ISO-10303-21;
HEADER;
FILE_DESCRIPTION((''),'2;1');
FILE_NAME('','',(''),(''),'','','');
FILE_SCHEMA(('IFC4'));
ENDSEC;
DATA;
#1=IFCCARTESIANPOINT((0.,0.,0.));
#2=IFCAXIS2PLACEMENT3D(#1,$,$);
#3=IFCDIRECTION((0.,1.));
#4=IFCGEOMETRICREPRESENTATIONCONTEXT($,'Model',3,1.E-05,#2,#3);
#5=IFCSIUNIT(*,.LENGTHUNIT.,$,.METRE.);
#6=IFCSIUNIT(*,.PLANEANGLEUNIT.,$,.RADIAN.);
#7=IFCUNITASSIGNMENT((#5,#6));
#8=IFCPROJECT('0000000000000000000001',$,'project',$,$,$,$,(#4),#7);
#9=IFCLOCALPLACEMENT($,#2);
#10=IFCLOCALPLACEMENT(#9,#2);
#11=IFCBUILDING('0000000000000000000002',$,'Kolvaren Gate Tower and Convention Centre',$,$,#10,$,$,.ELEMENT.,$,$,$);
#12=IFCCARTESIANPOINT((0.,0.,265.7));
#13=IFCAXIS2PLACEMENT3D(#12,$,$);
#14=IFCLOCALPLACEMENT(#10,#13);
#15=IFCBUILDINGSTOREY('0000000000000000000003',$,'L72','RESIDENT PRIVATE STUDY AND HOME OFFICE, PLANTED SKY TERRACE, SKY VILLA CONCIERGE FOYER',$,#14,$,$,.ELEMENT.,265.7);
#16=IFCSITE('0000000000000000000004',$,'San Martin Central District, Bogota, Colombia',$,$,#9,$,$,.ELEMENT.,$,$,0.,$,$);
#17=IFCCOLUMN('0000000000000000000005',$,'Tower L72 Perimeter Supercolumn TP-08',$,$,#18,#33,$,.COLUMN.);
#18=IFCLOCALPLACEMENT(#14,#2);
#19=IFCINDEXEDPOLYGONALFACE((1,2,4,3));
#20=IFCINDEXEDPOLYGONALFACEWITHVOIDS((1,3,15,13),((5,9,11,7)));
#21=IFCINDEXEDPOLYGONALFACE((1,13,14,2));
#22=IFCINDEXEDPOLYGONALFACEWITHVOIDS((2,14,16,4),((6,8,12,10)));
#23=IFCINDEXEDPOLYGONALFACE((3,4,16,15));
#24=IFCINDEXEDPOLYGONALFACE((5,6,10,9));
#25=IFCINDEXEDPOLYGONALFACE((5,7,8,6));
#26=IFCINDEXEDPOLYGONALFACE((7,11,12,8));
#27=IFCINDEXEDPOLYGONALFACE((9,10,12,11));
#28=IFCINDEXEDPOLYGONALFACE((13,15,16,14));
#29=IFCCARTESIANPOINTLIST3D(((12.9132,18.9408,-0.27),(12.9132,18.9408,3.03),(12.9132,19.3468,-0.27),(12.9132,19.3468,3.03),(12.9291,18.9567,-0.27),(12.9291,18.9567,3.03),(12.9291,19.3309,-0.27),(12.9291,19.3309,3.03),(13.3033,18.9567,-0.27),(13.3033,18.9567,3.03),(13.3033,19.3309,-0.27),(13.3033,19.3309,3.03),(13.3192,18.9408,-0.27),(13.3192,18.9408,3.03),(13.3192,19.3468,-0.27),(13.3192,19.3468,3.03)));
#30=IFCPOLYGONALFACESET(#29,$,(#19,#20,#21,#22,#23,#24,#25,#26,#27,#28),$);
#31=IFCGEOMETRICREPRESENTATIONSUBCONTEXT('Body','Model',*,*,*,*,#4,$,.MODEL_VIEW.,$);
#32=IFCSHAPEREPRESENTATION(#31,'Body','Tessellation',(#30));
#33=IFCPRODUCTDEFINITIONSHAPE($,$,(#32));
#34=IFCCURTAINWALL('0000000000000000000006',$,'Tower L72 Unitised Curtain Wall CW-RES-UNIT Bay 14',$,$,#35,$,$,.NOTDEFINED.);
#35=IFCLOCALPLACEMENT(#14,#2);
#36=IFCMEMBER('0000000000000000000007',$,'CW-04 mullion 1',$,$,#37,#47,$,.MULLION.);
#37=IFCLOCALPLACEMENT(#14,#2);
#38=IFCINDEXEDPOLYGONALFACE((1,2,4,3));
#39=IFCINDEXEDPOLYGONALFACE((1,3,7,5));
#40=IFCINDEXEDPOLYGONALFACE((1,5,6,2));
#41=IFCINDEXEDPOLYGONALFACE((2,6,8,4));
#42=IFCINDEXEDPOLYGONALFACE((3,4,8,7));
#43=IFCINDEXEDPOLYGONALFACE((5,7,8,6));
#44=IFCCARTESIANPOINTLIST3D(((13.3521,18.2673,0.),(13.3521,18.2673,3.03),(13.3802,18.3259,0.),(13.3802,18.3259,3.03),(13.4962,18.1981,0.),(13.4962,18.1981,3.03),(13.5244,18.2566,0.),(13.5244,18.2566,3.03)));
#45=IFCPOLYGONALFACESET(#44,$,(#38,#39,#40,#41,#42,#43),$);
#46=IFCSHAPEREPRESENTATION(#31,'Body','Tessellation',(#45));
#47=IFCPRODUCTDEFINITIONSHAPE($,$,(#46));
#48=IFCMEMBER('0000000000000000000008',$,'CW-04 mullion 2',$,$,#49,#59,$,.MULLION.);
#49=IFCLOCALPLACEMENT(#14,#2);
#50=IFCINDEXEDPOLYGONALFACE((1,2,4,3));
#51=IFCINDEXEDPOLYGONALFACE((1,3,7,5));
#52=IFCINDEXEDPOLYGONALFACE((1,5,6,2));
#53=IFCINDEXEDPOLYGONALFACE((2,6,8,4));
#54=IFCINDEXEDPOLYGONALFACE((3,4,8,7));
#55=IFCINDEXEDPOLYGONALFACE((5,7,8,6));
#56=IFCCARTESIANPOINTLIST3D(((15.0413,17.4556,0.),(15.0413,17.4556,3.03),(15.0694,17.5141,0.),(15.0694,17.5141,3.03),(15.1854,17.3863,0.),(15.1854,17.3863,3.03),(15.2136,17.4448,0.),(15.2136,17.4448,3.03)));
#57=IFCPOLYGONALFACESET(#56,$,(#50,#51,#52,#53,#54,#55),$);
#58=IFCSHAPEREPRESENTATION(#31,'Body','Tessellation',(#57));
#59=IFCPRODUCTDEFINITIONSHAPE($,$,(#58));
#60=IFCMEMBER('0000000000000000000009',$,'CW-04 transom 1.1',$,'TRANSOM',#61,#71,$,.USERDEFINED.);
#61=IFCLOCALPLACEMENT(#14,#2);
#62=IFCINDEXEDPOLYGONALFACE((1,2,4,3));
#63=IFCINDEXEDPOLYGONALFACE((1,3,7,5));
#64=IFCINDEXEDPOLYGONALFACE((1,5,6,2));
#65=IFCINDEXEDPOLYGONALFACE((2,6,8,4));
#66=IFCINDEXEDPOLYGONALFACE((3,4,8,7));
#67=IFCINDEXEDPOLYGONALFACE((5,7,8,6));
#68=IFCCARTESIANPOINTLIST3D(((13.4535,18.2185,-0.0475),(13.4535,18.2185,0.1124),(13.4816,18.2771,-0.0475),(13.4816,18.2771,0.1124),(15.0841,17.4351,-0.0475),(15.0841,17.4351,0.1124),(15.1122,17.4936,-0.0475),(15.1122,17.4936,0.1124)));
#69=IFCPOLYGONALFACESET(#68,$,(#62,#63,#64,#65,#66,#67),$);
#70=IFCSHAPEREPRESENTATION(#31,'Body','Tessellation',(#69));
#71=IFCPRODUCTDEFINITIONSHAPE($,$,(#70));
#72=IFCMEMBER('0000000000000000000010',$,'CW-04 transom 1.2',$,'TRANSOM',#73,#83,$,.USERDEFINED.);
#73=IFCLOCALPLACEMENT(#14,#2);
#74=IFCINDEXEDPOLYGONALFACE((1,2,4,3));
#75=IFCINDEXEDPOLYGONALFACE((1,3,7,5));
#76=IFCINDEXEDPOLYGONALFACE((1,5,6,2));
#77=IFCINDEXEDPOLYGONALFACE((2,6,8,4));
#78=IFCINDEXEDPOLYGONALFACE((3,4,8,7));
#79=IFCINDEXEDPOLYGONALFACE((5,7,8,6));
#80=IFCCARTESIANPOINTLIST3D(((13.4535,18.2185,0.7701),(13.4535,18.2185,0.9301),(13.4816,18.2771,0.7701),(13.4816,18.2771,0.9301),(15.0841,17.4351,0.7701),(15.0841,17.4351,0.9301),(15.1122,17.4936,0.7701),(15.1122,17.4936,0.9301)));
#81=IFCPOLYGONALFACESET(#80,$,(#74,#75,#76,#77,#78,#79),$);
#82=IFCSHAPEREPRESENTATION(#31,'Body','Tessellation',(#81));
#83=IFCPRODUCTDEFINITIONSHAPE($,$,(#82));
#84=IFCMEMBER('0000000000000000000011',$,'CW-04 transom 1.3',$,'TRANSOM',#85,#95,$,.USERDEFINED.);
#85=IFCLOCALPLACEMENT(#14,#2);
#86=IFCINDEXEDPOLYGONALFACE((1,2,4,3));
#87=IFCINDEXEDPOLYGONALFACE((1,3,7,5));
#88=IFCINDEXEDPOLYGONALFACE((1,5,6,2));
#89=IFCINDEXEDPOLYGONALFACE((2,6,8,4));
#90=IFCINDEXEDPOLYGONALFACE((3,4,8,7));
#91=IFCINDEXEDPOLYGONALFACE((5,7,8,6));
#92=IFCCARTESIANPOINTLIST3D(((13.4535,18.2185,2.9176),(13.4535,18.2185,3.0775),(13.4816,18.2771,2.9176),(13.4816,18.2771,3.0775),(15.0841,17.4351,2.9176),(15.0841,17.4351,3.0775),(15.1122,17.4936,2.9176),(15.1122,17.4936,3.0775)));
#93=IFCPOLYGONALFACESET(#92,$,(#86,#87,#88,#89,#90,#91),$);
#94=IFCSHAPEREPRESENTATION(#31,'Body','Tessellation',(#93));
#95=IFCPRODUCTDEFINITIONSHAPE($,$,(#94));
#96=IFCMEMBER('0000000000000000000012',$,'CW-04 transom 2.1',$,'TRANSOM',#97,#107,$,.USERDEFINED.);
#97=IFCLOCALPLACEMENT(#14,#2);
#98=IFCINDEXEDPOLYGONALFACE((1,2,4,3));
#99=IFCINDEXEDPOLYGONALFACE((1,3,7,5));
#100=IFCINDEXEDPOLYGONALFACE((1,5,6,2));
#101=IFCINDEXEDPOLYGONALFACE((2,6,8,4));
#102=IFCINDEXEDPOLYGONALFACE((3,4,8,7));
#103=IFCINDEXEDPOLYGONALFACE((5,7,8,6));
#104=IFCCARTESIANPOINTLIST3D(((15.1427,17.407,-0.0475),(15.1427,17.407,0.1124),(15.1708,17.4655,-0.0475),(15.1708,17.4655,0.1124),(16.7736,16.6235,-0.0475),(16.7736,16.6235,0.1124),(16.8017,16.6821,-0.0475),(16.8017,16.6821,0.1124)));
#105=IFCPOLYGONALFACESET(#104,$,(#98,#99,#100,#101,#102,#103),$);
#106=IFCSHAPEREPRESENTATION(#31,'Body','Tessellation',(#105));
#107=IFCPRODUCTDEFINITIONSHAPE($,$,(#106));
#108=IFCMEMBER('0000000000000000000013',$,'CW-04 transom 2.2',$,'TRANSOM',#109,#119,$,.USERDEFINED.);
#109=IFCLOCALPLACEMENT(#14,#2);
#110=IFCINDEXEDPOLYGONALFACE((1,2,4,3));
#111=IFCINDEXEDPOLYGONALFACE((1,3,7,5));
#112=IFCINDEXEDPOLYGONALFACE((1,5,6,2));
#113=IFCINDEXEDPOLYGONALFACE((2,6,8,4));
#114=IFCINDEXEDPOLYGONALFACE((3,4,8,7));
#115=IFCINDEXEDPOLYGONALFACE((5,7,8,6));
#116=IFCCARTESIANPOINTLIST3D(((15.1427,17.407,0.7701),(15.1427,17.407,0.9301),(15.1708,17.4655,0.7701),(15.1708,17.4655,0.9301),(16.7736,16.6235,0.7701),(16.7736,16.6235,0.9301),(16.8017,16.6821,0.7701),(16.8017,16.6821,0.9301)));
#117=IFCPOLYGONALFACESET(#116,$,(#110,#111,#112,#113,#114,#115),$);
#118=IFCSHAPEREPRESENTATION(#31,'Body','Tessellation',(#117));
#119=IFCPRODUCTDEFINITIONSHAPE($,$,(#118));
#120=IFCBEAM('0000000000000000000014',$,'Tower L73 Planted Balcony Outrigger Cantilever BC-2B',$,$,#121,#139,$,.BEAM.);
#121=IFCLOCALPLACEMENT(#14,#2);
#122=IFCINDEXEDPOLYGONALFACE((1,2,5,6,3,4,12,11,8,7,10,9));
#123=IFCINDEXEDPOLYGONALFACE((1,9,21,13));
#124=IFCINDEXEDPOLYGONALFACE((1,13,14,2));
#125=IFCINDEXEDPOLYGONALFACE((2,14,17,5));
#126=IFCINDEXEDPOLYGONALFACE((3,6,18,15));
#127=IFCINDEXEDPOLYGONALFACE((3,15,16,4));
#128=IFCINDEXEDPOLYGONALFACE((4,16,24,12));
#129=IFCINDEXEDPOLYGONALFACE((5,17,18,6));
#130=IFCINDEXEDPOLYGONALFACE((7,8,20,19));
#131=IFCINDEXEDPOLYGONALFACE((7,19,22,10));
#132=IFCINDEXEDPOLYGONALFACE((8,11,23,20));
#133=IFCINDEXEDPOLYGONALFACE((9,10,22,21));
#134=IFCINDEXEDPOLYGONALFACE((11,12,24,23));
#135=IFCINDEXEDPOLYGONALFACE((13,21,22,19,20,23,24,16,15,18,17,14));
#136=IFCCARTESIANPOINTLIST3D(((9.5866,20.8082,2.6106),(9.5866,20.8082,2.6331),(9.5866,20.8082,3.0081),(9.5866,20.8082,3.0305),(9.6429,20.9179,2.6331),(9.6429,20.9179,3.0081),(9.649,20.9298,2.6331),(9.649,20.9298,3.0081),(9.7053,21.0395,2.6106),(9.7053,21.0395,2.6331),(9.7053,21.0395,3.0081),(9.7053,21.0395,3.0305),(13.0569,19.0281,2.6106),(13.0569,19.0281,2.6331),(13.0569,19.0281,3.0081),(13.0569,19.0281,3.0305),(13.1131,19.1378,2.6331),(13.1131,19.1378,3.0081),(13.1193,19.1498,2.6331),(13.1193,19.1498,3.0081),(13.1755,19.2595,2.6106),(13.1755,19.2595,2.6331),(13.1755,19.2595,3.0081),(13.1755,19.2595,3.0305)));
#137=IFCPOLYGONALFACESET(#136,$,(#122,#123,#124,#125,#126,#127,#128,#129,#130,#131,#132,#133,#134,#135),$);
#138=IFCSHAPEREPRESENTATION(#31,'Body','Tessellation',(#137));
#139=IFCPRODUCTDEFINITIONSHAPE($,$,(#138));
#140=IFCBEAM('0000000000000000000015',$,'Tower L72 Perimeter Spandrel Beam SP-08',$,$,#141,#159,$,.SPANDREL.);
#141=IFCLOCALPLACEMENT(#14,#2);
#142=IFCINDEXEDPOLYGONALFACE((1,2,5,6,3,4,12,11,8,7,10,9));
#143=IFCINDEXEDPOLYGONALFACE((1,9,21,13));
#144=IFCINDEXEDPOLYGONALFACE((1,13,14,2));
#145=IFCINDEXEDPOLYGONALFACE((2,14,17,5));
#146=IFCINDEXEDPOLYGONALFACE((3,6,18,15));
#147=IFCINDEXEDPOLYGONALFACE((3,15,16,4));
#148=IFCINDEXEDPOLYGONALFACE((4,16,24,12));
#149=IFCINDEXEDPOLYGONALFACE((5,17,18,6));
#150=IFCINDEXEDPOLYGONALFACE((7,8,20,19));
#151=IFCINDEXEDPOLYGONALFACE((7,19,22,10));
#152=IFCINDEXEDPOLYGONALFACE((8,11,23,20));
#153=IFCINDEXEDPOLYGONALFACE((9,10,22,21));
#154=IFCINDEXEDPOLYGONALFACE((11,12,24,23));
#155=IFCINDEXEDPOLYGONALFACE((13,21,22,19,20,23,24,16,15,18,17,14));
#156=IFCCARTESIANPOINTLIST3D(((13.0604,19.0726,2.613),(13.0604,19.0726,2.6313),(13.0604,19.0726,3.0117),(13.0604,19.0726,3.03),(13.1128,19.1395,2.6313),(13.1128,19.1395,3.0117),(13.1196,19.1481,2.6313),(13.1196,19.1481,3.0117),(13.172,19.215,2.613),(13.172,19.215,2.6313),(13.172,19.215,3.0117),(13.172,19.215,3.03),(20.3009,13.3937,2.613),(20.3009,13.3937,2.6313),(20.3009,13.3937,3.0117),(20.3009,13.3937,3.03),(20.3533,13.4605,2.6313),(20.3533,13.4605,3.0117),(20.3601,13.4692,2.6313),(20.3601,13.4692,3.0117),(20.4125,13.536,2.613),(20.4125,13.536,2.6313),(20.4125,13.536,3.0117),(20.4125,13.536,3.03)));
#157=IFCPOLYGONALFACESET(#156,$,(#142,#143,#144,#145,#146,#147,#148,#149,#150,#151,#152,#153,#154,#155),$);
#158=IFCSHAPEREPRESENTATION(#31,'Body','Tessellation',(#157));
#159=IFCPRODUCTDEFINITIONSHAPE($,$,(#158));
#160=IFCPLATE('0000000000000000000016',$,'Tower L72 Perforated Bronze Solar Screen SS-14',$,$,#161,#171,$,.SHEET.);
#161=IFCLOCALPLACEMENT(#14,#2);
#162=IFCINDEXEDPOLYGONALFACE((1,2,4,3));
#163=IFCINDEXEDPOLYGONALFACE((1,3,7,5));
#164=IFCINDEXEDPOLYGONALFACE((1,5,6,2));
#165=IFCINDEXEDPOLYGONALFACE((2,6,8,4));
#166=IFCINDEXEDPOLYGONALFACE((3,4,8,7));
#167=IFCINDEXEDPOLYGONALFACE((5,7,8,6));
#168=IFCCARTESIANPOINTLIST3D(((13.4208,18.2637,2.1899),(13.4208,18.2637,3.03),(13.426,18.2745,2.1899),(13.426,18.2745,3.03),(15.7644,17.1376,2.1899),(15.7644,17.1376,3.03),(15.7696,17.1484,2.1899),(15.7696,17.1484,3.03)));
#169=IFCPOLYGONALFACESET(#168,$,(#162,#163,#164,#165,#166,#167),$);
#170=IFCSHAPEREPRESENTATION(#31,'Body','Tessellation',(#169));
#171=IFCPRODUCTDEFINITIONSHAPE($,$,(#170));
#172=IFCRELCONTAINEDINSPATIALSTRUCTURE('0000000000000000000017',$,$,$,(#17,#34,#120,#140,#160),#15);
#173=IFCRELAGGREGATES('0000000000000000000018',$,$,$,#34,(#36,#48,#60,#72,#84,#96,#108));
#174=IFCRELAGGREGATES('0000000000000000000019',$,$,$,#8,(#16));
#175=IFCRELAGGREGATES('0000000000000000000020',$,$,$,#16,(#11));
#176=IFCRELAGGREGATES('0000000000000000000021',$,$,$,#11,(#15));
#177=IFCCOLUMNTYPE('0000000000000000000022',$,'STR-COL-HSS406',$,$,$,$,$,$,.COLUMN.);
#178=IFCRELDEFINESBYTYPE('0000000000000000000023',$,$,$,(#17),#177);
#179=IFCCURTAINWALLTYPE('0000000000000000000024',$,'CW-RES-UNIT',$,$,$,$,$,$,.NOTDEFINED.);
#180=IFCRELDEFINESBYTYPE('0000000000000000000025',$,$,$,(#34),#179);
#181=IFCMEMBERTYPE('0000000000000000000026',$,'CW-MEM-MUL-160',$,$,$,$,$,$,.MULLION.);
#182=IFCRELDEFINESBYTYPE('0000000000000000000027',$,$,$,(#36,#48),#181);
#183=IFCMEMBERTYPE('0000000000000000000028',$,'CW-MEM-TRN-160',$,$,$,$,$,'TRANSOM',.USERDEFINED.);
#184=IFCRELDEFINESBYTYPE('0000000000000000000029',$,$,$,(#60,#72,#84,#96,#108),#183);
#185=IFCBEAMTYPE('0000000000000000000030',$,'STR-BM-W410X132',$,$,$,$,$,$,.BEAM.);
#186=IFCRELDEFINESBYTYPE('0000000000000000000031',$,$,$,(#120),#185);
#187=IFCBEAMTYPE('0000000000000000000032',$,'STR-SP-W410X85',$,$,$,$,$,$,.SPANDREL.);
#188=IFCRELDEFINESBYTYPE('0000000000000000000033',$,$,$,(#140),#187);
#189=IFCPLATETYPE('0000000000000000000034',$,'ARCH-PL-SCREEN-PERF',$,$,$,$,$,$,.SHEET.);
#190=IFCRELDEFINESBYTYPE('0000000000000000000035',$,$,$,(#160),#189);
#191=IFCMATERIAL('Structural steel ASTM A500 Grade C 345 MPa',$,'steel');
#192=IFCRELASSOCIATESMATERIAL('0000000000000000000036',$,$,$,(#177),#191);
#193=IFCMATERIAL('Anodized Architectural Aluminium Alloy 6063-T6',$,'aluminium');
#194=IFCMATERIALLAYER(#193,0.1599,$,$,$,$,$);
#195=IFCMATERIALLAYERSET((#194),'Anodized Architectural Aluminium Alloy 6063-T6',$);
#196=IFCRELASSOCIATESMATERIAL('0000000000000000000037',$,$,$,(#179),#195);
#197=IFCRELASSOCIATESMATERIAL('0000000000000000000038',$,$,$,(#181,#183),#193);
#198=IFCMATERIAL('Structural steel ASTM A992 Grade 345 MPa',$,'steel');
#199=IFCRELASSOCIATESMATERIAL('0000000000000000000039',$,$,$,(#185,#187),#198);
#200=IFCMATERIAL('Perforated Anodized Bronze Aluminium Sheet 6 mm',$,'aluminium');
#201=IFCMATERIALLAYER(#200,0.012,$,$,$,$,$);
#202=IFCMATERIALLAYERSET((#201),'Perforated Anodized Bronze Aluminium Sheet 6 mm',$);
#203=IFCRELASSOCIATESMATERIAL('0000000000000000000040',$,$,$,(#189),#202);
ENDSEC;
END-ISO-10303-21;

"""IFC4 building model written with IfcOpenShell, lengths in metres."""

from ifc_helpers import new_model, si_unit, direction, frame, origin, origin_2d, place, context, subcontext, project, spatial, rectangle, hollow_rectangle, i_section, extrude, material, layer, layer_set, material_profile, profile_set, type_object, element, aggregate, save


model = new_model("IFC4")

# Units and contexts
model_context = context("Model", 3, precision=1e-05, world=origin(), true_north=direction((0.0, 1.0)))
body_context = subcontext(model_context, "Body", "Model", "MODEL_VIEW")
ifc_project = project(units=[si_unit("LENGTHUNIT", "METRE"), si_unit("PLANEANGLEUNIT", "RADIAN")], contexts=[model_context])

# Site, building, storey
site_placement = place(None, origin())
site = spatial("IfcSite", under=ifc_project, at=site_placement, Name="San Martin Central District, Bogota, Colombia", CompositionType="ELEMENT", RefElevation=0.0)
building_placement = place(site_placement, origin())
building = spatial("IfcBuilding", under=site, at=building_placement, Name="Kolvaren Gate Tower and Convention Centre", CompositionType="ELEMENT")
storey_placement = place(building_placement, frame((0.0, 0.0, 265.7)))
storey = spatial("IfcBuildingStorey", under=building, at=storey_placement, Name="L72", Description="RESIDENT PRIVATE STUDY AND HOME OFFICE, PLANTED SKY TERRACE, SKY VILLA CONCIERGE FOYER", CompositionType="ELEMENT", Elevation=265.7)

# Column
ifc_material_1 = material(Name="Structural steel ASTM A500 Grade C 345 MPa", Category="steel")
ifc_material_profile_1 = material_profile(ifc_material_1, hollow_rectangle(XDim=0.406, YDim=0.406, WallThickness=0.0159, at=origin_2d()), Name="HSS406X406X15.9")
ifc_profile_set_1 = profile_set([ifc_material_profile_1], Name="Structural steel ASTM A500 Grade C 345 MPa")
column_type = type_object("IfcColumnType", Name="STR-COL-HSS406", PredefinedType="COLUMN", material=ifc_profile_set_1)
column_placement = place(storey_placement, frame((13.1162, 19.1438, -0.27), z_axis=(0.0, 0.0, 1.0), x_axis=(1.0, 0.0, 0.0)))
element("IfcColumn", 1, at=column_placement, inside=storey, type_object=column_type, Name="Tower L72 Perimeter Supercolumn TP-08", PredefinedType="COLUMN", context=body_context, shape_type="SweptSolid", body=[
    extrude(hollow_rectangle(XDim=0.406, YDim=0.406, WallThickness=0.0159, at=origin_2d()), origin(), (0.0, 0.0, 1.0), 3.3),
])

# Curtain wall, members
ifc_material_2 = material(Name="Anodized Architectural Aluminium Alloy 6063-T6", Category="aluminium")
ifc_layer_1 = layer(ifc_material_2, 0.1599)
ifc_layer_set_1 = layer_set([ifc_layer_1], Name="Anodized Architectural Aluminium Alloy 6063-T6")
curtain_wall_type = type_object("IfcCurtainWallType", Name="CW-RES-UNIT", PredefinedType="NOTDEFINED", material=ifc_layer_set_1)
curtain_wall_placement = place(storey_placement, origin())
curtain_wall = element("IfcCurtainWall", 2, at=curtain_wall_placement, inside=storey, type_object=curtain_wall_type, Name="Tower L72 Unitised Curtain Wall CW-RES-UNIT Bay 14", PredefinedType="NOTDEFINED")
ifc_material_profile_2 = material_profile(ifc_material_2, rectangle(XDim=0.0649, YDim=0.1599, at=origin_2d()), Name="CW-MEM-MUL-160")
ifc_profile_set_2 = profile_set([ifc_material_profile_2], Name="Anodized Architectural Aluminium Alloy 6063-T6")
member_type_1 = type_object("IfcMemberType", Name="CW-MEM-MUL-160", PredefinedType="MULLION", material=ifc_profile_set_2)
member_1_placement = place(storey_placement, frame((13.4382, 18.262, 0.0), z_axis=(0.0, 0.0, 1.0), x_axis=(0.43307, 0.90136, 0.0)))
member_1 = element("IfcMember", 3, at=member_1_placement, type_object=member_type_1, Name="CW-04 mullion 1", PredefinedType="MULLION", context=body_context, shape_type="SweptSolid", body=[
    extrude(rectangle(XDim=0.0649, YDim=0.1599, at=origin_2d()), origin(), (0.0, 0.0, 1.0), 3.03),
])
member_2_placement = place(storey_placement, frame((15.1274, 17.4502, 0.0), z_axis=(0.0, 0.0, 1.0), x_axis=(0.43307, 0.90136, 0.0)))
member_2 = element("IfcMember", 4, at=member_2_placement, type_object=member_type_1, Name="CW-04 mullion 2", PredefinedType="MULLION", context=body_context, shape_type="SweptSolid", body=[
    extrude(rectangle(XDim=0.0649, YDim=0.1599, at=origin_2d()), origin(), (0.0, 0.0, 1.0), 3.03),
])
ifc_material_profile_3 = material_profile(ifc_material_2, rectangle(XDim=0.0649, YDim=0.1599, at=origin_2d()), Name="CW-MEM-TRN-160")
ifc_profile_set_3 = profile_set([ifc_material_profile_3], Name="Anodized Architectural Aluminium Alloy 6063-T6")
member_type_2 = type_object("IfcMemberType", Name="CW-MEM-TRN-160", ElementType="TRANSOM", PredefinedType="USERDEFINED", material=ifc_profile_set_3)
member_3_placement = place(storey_placement, frame((13.4675, 18.2478, 0.0325), z_axis=(0.901361, -0.433069, 0.0), x_axis=(0.433069, 0.901361, 0.0)))
member_3 = element("IfcMember", 5, at=member_3_placement, type_object=member_type_2, Name="CW-04 transom 1.1", ObjectType="TRANSOM", PredefinedType="USERDEFINED", context=body_context, shape_type="SweptSolid", body=[
    extrude(rectangle(XDim=0.0649, YDim=0.1599, at=origin_2d()), origin(), (0.0, 0.0, 1.0), 1.8091),
])
member_4_placement = place(storey_placement, frame((13.4675, 18.2478, 0.8501), z_axis=(0.901361, -0.433069, 0.0), x_axis=(0.433069, 0.901361, 0.0)))
member_4 = element("IfcMember", 6, at=member_4_placement, type_object=member_type_2, Name="CW-04 transom 1.2", ObjectType="TRANSOM", PredefinedType="USERDEFINED", context=body_context, shape_type="SweptSolid", body=[
    extrude(rectangle(XDim=0.0649, YDim=0.1599, at=origin_2d()), origin(), (0.0, 0.0, 1.0), 1.8091),
])
member_5_placement = place(storey_placement, frame((13.4675, 18.2478, 2.9976), z_axis=(0.901361, -0.433069, 0.0), x_axis=(0.433069, 0.901361, 0.0)))
member_5 = element("IfcMember", 7, at=member_5_placement, type_object=member_type_2, Name="CW-04 transom 1.3", ObjectType="TRANSOM", PredefinedType="USERDEFINED", context=body_context, shape_type="SweptSolid", body=[
    extrude(rectangle(XDim=0.0649, YDim=0.1599, at=origin_2d()), origin(), (0.0, 0.0, 1.0), 1.8091),
])
member_6_placement = place(storey_placement, frame((15.1567, 17.4363, 0.0325), z_axis=(0.901386, -0.433016, 0.0), x_axis=(0.433016, 0.901386, 0.0)))
member_6 = element("IfcMember", 8, at=member_6_placement, type_object=member_type_2, Name="CW-04 transom 2.1", ObjectType="TRANSOM", PredefinedType="USERDEFINED", context=body_context, shape_type="SweptSolid", body=[
    extrude(rectangle(XDim=0.0649, YDim=0.1599, at=origin_2d()), origin(), (0.0, 0.0, 1.0), 1.8093),
])
member_7_placement = place(storey_placement, frame((15.1567, 17.4363, 0.8501), z_axis=(0.901386, -0.433016, 0.0), x_axis=(0.433016, 0.901386, 0.0)))
member_7 = element("IfcMember", 9, at=member_7_placement, type_object=member_type_2, Name="CW-04 transom 2.2", ObjectType="TRANSOM", PredefinedType="USERDEFINED", context=body_context, shape_type="SweptSolid", body=[
    extrude(rectangle(XDim=0.0649, YDim=0.1599, at=origin_2d()), origin(), (0.0, 0.0, 1.0), 1.8093),
])

# Beams
ifc_material_3 = material(Name="Structural steel ASTM A992 Grade 345 MPa", Category="steel")
ifc_material_profile_4 = material_profile(ifc_material_3, i_section(OverallWidth=0.26, OverallDepth=0.4199, WebThickness=0.0134, FlangeThickness=0.0225, at=origin_2d()), Name="W410X132")
ifc_profile_set_4 = profile_set([ifc_material_profile_4], Name="Structural steel ASTM A992 Grade 345 MPa")
beam_type_1 = type_object("IfcBeamType", Name="STR-BM-W410X132", PredefinedType="BEAM", material=ifc_profile_set_4)
beam_1_placement = place(storey_placement, frame((13.1162, 19.1438, 2.8206), z_axis=(-0.889772, 0.456404, 0.0), x_axis=(-0.456404, -0.889772, 0.0)))
element("IfcBeam", 10, at=beam_1_placement, inside=storey, type_object=beam_type_1, Name="Tower L73 Planted Balcony Outrigger Cantilever BC-2B", PredefinedType="BEAM", context=body_context, shape_type="SweptSolid", body=[
    extrude(i_section(OverallWidth=0.26, OverallDepth=0.4199, WebThickness=0.0134, FlangeThickness=0.0225, at=origin_2d()), origin(), (0.0, 0.0, 1.0), 3.9001),
])
ifc_material_profile_5 = material_profile(ifc_material_3, i_section(OverallWidth=0.1809, OverallDepth=0.417, WebThickness=0.011, FlangeThickness=0.0183, at=origin_2d()), Name="W410X85")
ifc_profile_set_5 = profile_set([ifc_material_profile_5], Name="Structural steel ASTM A992 Grade 345 MPa")
beam_type_2 = type_object("IfcBeamType", Name="STR-SP-W410X85", PredefinedType="SPANDREL", material=ifc_profile_set_5)
beam_2_placement = place(storey_placement, frame((13.1162, 19.1438, 2.8215), z_axis=(0.786846, -0.61715, 0.0), x_axis=(0.61715, 0.786846, 0.0)))
element("IfcBeam", 11, at=beam_2_placement, inside=storey, type_object=beam_type_2, Name="Tower L72 Perimeter Spandrel Beam SP-08", PredefinedType="SPANDREL", context=body_context, shape_type="SweptSolid", body=[
    extrude(i_section(OverallWidth=0.1809, OverallDepth=0.417, WebThickness=0.011, FlangeThickness=0.0183, at=origin_2d()), origin(), (0.0, 0.0, 1.0), 9.2019),
])

# Plate
ifc_material_4 = material(Name="Perforated Anodized Bronze Aluminium Sheet 6 mm", Category="aluminium")
ifc_layer_2 = layer(ifc_material_4, 0.012)
ifc_layer_set_2 = layer_set([ifc_layer_2], Name="Perforated Anodized Bronze Aluminium Sheet 6 mm")
plate_type_1 = type_object("IfcPlateType", Name="ARCH-PL-SCREEN-PERF", PredefinedType="SHEET", material=ifc_layer_set_2)
plate_1_placement = place(storey_placement, frame((14.5952, 17.7061, 2.1899), z_axis=(0.0, 0.0, 1.0), x_axis=(0.901356, -0.433079, 0.0)))
element("IfcPlate", 12, at=plate_1_placement, inside=storey, type_object=plate_type_1, Name="Tower L72 Perforated Bronze Solar Screen SS-14", PredefinedType="SHEET", context=body_context, shape_type="SweptSolid", body=[
    extrude(rectangle(XDim=2.6001, YDim=0.012, at=origin_2d()), origin(), (0.0, 0.0, 1.0), 0.8401),
])
aggregate(curtain_wall, [member_1, member_2, member_3, member_4, member_5, member_6, member_7])

save(model, "model.ifc")
